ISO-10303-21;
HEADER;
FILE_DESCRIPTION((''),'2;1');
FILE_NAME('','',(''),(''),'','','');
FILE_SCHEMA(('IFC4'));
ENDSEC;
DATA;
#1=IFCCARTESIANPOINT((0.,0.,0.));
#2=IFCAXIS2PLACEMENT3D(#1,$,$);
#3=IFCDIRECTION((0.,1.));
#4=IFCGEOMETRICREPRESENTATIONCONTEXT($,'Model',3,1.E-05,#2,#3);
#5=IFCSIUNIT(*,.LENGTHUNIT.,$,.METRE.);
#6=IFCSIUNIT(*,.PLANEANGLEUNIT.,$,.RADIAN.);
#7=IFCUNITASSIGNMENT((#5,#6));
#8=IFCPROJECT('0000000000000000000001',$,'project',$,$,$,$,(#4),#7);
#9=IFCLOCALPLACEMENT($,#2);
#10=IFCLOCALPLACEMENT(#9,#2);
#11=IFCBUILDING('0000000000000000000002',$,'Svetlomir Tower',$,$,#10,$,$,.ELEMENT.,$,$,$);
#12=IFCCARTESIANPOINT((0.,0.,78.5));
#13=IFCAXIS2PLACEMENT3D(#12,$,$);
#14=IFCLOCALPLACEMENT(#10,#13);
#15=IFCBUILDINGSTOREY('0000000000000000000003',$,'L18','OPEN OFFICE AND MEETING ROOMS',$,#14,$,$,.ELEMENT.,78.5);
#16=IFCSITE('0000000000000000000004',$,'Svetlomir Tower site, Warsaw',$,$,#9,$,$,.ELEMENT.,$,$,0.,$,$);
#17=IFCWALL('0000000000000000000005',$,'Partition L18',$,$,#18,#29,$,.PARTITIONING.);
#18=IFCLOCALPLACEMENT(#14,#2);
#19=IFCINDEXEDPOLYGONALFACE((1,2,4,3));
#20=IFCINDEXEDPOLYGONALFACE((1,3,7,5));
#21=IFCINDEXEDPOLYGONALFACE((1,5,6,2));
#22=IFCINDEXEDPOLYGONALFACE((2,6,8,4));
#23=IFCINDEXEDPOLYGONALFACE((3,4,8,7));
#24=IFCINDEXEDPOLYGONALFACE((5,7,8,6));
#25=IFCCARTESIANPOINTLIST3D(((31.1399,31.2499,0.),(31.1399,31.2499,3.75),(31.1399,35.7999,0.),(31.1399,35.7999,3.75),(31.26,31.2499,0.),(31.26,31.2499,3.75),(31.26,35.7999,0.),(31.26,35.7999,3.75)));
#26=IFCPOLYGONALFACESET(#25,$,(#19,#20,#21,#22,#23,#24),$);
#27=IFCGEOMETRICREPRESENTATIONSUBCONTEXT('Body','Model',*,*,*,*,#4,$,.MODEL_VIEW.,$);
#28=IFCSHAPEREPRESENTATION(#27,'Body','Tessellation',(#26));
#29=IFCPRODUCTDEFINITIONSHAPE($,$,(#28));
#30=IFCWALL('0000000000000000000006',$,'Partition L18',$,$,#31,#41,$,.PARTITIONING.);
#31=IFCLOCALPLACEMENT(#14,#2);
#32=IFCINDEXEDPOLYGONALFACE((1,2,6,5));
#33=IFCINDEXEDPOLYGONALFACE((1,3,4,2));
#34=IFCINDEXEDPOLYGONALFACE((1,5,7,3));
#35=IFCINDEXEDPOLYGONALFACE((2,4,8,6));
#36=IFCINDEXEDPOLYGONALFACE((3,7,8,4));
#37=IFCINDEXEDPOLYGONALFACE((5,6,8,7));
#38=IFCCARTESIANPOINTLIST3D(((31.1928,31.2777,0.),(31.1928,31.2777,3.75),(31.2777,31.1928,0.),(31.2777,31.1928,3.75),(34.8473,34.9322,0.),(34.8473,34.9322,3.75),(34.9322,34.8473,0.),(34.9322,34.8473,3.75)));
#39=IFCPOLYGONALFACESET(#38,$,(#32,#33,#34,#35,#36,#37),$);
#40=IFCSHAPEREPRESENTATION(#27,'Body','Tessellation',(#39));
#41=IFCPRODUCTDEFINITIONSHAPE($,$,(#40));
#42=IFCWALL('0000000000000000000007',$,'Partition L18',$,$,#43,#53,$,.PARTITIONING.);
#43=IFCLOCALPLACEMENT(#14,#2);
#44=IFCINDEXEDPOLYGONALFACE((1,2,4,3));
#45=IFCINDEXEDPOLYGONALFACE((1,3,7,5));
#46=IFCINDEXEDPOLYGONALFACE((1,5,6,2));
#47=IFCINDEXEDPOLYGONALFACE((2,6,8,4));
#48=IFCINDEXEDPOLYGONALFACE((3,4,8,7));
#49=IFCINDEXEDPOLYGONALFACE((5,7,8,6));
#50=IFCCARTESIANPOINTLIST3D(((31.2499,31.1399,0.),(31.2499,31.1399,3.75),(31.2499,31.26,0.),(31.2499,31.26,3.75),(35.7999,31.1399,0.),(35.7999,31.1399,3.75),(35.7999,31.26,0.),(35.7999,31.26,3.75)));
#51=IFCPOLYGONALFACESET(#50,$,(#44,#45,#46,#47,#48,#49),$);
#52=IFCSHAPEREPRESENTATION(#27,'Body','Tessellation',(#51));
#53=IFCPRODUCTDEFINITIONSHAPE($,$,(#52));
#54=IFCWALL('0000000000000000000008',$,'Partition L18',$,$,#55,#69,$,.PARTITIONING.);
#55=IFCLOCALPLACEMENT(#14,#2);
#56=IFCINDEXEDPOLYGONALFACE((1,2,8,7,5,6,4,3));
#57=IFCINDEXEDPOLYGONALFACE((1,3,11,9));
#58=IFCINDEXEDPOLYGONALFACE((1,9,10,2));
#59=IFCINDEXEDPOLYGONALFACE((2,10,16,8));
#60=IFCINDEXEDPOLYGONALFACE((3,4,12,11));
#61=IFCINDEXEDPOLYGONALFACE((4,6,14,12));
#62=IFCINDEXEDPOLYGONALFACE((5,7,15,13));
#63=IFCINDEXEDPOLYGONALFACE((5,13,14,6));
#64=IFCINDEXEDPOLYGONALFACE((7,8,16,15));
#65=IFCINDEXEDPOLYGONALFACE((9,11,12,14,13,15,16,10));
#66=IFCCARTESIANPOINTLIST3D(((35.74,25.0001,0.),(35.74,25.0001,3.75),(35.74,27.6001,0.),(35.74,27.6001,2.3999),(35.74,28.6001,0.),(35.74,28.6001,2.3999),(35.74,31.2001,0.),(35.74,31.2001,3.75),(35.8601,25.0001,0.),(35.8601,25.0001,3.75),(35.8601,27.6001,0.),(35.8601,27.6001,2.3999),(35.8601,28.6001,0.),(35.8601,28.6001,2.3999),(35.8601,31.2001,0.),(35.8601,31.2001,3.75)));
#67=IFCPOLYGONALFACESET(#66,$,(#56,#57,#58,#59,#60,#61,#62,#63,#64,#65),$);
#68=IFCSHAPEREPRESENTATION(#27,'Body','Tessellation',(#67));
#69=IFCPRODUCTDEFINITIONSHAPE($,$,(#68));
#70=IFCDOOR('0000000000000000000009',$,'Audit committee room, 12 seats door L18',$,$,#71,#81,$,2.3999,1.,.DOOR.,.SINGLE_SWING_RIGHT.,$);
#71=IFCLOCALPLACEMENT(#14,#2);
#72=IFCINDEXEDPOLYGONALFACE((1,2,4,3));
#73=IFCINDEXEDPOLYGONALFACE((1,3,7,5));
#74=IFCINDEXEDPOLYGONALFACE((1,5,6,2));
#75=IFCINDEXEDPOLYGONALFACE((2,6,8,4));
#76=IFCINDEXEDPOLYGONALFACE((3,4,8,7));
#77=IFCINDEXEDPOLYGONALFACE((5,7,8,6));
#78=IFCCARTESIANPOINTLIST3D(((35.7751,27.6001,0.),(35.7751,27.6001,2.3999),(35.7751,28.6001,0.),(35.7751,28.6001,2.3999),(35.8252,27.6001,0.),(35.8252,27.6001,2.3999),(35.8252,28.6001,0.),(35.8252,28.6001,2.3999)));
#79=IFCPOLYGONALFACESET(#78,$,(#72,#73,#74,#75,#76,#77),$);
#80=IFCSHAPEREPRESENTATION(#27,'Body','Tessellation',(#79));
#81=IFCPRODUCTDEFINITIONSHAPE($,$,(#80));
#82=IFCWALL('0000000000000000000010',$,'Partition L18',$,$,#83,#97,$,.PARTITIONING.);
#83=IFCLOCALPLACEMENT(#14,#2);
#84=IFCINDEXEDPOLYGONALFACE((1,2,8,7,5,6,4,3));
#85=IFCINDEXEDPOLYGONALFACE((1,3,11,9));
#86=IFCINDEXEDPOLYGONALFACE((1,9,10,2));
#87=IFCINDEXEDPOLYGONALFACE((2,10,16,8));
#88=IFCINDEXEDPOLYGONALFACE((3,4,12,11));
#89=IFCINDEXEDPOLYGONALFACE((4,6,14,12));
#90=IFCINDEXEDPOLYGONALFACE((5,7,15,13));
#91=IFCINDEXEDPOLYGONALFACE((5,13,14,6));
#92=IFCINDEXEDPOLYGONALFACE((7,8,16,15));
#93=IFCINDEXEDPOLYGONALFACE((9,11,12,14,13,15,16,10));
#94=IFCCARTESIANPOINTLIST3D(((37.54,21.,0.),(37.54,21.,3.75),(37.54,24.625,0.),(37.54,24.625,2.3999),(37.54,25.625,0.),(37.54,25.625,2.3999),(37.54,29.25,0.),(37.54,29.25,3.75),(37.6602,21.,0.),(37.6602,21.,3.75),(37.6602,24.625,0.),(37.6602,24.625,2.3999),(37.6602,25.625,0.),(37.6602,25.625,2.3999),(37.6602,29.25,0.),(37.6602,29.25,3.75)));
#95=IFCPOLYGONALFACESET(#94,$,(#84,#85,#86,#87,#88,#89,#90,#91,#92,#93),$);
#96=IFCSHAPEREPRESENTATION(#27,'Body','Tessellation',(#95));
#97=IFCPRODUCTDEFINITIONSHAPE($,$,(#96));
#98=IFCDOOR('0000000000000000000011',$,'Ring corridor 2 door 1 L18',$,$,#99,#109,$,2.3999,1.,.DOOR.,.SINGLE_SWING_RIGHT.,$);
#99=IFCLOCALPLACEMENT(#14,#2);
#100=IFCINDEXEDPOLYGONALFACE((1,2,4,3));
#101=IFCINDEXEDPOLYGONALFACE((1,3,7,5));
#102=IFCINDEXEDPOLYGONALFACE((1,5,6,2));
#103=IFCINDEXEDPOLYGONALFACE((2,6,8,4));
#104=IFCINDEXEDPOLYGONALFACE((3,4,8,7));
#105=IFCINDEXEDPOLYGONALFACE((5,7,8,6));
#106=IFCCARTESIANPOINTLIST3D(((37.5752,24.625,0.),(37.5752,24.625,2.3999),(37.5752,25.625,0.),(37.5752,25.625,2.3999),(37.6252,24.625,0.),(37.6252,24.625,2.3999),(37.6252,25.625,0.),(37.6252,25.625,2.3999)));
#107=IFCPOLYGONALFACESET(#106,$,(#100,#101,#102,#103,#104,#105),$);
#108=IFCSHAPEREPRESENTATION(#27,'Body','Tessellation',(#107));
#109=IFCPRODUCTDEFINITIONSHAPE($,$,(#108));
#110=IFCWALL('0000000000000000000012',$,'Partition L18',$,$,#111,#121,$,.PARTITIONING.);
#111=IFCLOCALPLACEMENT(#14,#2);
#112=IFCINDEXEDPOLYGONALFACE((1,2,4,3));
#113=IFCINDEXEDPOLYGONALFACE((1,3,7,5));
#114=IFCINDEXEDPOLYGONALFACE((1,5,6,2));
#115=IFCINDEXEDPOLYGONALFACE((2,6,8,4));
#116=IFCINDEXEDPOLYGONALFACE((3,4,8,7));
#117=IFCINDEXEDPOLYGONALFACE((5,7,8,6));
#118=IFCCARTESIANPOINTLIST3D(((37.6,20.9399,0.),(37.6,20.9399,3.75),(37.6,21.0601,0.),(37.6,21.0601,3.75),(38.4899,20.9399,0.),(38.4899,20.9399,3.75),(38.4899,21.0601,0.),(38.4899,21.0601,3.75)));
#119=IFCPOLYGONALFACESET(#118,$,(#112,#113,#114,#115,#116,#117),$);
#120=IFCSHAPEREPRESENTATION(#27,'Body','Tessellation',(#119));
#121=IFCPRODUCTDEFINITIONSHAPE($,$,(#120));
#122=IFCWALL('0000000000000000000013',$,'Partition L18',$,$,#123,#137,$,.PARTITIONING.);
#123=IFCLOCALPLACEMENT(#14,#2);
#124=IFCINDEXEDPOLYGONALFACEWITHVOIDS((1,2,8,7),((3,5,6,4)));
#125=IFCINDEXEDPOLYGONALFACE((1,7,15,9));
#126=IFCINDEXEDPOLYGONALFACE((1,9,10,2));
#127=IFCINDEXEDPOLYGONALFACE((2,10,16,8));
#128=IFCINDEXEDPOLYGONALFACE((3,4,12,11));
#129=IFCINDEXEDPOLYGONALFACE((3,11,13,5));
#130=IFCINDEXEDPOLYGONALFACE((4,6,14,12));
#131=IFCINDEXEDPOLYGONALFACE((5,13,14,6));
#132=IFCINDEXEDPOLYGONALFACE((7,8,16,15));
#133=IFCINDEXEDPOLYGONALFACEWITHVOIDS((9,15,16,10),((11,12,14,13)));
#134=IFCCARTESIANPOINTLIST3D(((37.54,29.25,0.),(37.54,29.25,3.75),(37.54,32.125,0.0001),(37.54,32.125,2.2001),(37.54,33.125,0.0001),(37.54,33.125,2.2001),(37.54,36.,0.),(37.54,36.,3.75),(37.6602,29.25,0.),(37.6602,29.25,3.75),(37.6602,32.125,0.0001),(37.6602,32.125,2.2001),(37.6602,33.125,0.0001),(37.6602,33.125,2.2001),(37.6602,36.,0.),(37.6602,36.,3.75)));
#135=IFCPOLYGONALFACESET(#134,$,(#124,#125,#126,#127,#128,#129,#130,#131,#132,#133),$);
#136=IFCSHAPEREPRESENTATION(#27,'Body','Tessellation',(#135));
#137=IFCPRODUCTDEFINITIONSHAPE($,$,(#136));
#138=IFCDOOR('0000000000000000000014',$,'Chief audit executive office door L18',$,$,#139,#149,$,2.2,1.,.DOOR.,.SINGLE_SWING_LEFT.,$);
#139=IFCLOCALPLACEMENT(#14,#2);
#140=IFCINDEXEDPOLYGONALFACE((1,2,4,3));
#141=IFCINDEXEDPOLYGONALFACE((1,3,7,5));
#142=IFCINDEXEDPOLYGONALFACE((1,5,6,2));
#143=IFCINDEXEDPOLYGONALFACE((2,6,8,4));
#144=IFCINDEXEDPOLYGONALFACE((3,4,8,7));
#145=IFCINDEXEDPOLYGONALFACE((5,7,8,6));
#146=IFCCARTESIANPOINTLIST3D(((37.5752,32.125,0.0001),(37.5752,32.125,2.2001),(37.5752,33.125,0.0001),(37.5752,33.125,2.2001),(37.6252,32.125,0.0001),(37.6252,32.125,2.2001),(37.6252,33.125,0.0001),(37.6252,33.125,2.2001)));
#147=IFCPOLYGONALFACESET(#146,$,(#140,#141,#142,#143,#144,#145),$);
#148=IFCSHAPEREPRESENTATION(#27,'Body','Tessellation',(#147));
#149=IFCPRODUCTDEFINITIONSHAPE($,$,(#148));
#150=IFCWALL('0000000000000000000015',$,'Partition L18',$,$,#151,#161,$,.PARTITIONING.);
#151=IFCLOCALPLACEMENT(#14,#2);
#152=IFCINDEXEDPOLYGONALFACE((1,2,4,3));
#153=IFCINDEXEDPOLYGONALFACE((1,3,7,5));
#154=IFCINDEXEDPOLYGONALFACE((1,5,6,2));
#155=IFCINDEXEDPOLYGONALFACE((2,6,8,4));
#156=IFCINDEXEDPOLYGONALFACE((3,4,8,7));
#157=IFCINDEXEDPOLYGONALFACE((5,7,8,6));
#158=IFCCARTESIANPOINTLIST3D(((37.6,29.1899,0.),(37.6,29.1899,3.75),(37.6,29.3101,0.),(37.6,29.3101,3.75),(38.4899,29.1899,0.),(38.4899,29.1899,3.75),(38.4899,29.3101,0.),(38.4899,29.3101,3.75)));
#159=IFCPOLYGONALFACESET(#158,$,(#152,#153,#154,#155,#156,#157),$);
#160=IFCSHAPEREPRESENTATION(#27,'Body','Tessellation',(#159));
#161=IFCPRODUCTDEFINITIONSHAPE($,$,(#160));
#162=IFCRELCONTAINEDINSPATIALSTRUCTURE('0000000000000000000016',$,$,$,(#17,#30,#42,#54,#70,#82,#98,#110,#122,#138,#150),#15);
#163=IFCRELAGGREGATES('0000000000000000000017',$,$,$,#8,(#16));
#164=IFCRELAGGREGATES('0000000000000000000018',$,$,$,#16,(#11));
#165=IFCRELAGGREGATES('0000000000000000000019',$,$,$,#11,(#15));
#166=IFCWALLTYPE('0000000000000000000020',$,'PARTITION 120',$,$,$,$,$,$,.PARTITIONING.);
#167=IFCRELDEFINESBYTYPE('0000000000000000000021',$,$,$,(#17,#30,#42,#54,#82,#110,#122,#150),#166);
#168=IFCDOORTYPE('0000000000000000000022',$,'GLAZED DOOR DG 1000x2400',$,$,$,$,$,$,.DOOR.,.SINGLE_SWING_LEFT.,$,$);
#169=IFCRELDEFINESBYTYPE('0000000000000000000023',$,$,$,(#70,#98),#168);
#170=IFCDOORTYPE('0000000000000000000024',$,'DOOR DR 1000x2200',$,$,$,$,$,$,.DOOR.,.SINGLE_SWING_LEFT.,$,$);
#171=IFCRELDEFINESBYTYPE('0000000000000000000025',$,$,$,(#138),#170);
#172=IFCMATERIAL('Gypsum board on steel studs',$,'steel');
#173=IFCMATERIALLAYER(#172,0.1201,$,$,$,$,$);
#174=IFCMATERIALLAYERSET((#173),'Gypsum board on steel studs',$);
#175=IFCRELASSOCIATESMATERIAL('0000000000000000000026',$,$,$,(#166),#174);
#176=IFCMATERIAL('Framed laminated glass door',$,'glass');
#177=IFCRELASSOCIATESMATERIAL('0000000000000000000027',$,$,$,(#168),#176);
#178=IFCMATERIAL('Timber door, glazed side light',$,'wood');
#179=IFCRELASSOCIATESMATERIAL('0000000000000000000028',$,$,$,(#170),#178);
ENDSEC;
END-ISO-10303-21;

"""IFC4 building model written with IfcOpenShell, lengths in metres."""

from ifc_helpers import new_model, si_unit, direction, frame, frame_2d, origin, place, context, subcontext, project, spatial, rectangle, extrude, material, layer, layer_set, type_object, element, fill, save


model = new_model("IFC4")

# Units and contexts
model_context = context("Model", 3, precision=1e-05, world=origin(), true_north=direction((0.0, 1.0)))
body_context = subcontext(model_context, "Body", "Model", "MODEL_VIEW")
ifc_project = project(units=[si_unit("LENGTHUNIT", "METRE"), si_unit("PLANEANGLEUNIT", "RADIAN")], contexts=[model_context])

# Site, building, storey
site_placement = place(None, origin())
site = spatial("IfcSite", under=ifc_project, at=site_placement, Name="Svetlomir Tower site, Warsaw", CompositionType="ELEMENT", RefElevation=0.0)
building_placement = place(site_placement, origin())
building = spatial("IfcBuilding", under=site, at=building_placement, Name="Svetlomir Tower", CompositionType="ELEMENT")
storey_placement = place(building_placement, frame((0.0, 0.0, 78.5)))
storey = spatial("IfcBuildingStorey", under=building, at=storey_placement, Name="L18", Description="OPEN OFFICE AND MEETING ROOMS", CompositionType="ELEMENT", Elevation=78.5)

# Walls
ifc_material_1 = material(Name="Gypsum board on steel studs", Category="steel")
ifc_layer_1 = layer(ifc_material_1, 0.1201)
ifc_layer_set_1 = layer_set([ifc_layer_1], Name="Gypsum board on steel studs")
wall_type_1 = type_object("IfcWallType", Name="PARTITION 120", PredefinedType="PARTITIONING", material=ifc_layer_set_1)
wall_1_placement = place(storey_placement, frame((31.2, 31.25, 0.0), z_axis=(0.0, 0.0, 1.0), x_axis=(0.0, 1.0, 0.0)))
element("IfcWall", 1, at=wall_1_placement, inside=storey, type_object=wall_type_1, Name="Partition L18", PredefinedType="PARTITIONING", context=body_context, shape_type="SweptSolid", body=[
    extrude(rectangle(XDim=4.55, YDim=0.1201, at=frame_2d((2.2749, 0.0))), origin(), (0.0, 0.0, 1.0), 3.75),
])
wall_2_placement = place(storey_placement, frame((31.2354, 31.2354, 0.0), z_axis=(0.0, 0.0, 1.0), x_axis=(0.707107, 0.707107, 0.0)))
element("IfcWall", 2, at=wall_2_placement, inside=storey, type_object=wall_type_1, Name="Partition L18", PredefinedType="PARTITIONING", context=body_context, shape_type="SweptSolid", body=[
    extrude(rectangle(XDim=5.1682, YDim=0.1201, at=frame_2d((2.584, 0.0))), origin(), (0.0, 0.0, 1.0), 3.75),
])
wall_3_placement = place(storey_placement, frame((31.25, 31.2, 0.0), z_axis=(0.0, 0.0, 1.0), x_axis=(1.0, 0.0, 0.0)))
element("IfcWall", 3, at=wall_3_placement, inside=storey, type_object=wall_type_1, Name="Partition L18", PredefinedType="PARTITIONING", context=body_context, shape_type="SweptSolid", body=[
    extrude(rectangle(XDim=4.55, YDim=0.1201, at=frame_2d((2.2749, 0.0))), origin(), (0.0, 0.0, 1.0), 3.75),
])

# Walls, openings, doors
wall_4_placement = place(storey_placement, frame((35.8, 25.0, 0.0), z_axis=(0.0, 0.0, 1.0), x_axis=(0.0, 1.0, 0.0)))
wall_4 = element("IfcWall", 4, at=wall_4_placement, inside=storey, type_object=wall_type_1, Name="Partition L18", PredefinedType="PARTITIONING", context=body_context, shape_type="SweptSolid", body=[
    extrude(rectangle(XDim=6.2, YDim=0.1201, at=frame_2d((3.1001, 0.0))), origin(), (0.0, 0.0, 1.0), 3.75),
])
opening_1_placement = place(wall_4_placement, frame((2.6001, 0.0, 0.0)))
opening_1 = element("IfcOpeningElement", 5, at=opening_1_placement, cuts=wall_4, PredefinedType="OPENING", context=body_context, shape_type="SweptSolid", body=[
    extrude(rectangle(XDim=1.0, YDim=2.3999, at=frame_2d((0.5, 1.2))), frame((0.0, 0.0701, 0.0), z_axis=(0.0, -1.0, 0.0), x_axis=(1.0, 0.0, 0.0)), (0.0, 0.0, 1.0), 0.1401),
])
ifc_material_2 = material(Name="Framed laminated glass door", Category="glass")
door_type_1 = type_object("IfcDoorType", Name="GLAZED DOOR DG 1000x2400", OperationType="SINGLE_SWING_LEFT", PredefinedType="DOOR", material=ifc_material_2)
door_1_placement = place(opening_1_placement, origin())
door_1 = element("IfcDoor", 6, at=door_1_placement, inside=storey, type_object=door_type_1, Name="Audit committee room, 12 seats door L18", OperationType="SINGLE_SWING_RIGHT", OverallHeight=2.3999, OverallWidth=1.0, PredefinedType="DOOR", context=body_context, shape_type="SweptSolid", body=[
    extrude(rectangle(XDim=1.0, YDim=2.3999, at=frame_2d((0.5, 1.2))), frame((0.0, 0.0249, 0.0), z_axis=(0.0, -1.0, 0.0), x_axis=(1.0, 0.0, 0.0)), (0.0, 0.0, 1.0), 0.05),
])
fill(opening_1, door_1)
wall_5_placement = place(storey_placement, frame((37.6001, 21.0, 0.0), z_axis=(0.0, 0.0, 1.0), x_axis=(0.0, 1.0, 0.0)))
wall_5 = element("IfcWall", 7, at=wall_5_placement, inside=storey, type_object=wall_type_1, Name="Partition L18", PredefinedType="PARTITIONING", context=body_context, shape_type="SweptSolid", body=[
    extrude(rectangle(XDim=8.25, YDim=0.1201, at=frame_2d((4.125, 0.0))), origin(), (0.0, 0.0, 1.0), 3.75),
])
opening_2_placement = place(wall_5_placement, frame((3.625, 0.0, 0.0)))
opening_2 = element("IfcOpeningElement", 8, at=opening_2_placement, cuts=wall_5, PredefinedType="OPENING", context=body_context, shape_type="SweptSolid", body=[
    extrude(rectangle(XDim=1.0, YDim=2.3999, at=frame_2d((0.5, 1.2))), frame((0.0, 0.0701, 0.0), z_axis=(0.0, -1.0, 0.0), x_axis=(1.0, 0.0, 0.0)), (0.0, 0.0, 1.0), 0.1401),
])
door_2_placement = place(opening_2_placement, origin())
door_2 = element("IfcDoor", 9, at=door_2_placement, inside=storey, type_object=door_type_1, Name="Ring corridor 2 door 1 L18", OperationType="SINGLE_SWING_RIGHT", OverallHeight=2.3999, OverallWidth=1.0, PredefinedType="DOOR", context=body_context, shape_type="SweptSolid", body=[
    extrude(rectangle(XDim=1.0, YDim=2.3999, at=frame_2d((0.5, 1.2))), frame((0.0, 0.0249, 0.0), z_axis=(0.0, -1.0, 0.0), x_axis=(1.0, 0.0, 0.0)), (0.0, 0.0, 1.0), 0.05),
])
fill(opening_2, door_2)

# Wall
wall_6_placement = place(storey_placement, frame((37.6001, 21.0, 0.0), z_axis=(0.0, 0.0, 1.0), x_axis=(1.0, 0.0, 0.0)))
element("IfcWall", 10, at=wall_6_placement, inside=storey, type_object=wall_type_1, Name="Partition L18", PredefinedType="PARTITIONING", context=body_context, shape_type="SweptSolid", body=[
    extrude(rectangle(XDim=0.8899, YDim=0.1201, at=frame_2d((0.4448, 0.0))), origin(), (0.0, 0.0, 1.0), 3.75),
])

# Wall, opening, door
wall_7_placement = place(storey_placement, frame((37.6001, 29.25, 0.0), z_axis=(0.0, 0.0, 1.0), x_axis=(0.0, 1.0, 0.0)))
wall_7 = element("IfcWall", 11, at=wall_7_placement, inside=storey, type_object=wall_type_1, Name="Partition L18", PredefinedType="PARTITIONING", context=body_context, shape_type="SweptSolid", body=[
    extrude(rectangle(XDim=6.75, YDim=0.1201, at=frame_2d((3.375, 0.0))), origin(), (0.0, 0.0, 1.0), 3.75),
])
opening_3_placement = place(wall_7_placement, frame((2.875, 0.0, 0.0)))
opening_3 = element("IfcOpeningElement", 12, at=opening_3_placement, cuts=wall_7, PredefinedType="OPENING", context=body_context, shape_type="SweptSolid", body=[
    extrude(rectangle(XDim=1.0, YDim=2.2, at=frame_2d((0.5, 1.1001))), frame((0.0, 0.0701, 0.0), z_axis=(0.0, -1.0, 0.0), x_axis=(1.0, 0.0, 0.0)), (0.0, 0.0, 1.0), 0.1401),
])
ifc_material_3 = material(Name="Timber door, glazed side light", Category="wood")
door_type_2 = type_object("IfcDoorType", Name="DOOR DR 1000x2200", OperationType="SINGLE_SWING_LEFT", PredefinedType="DOOR", material=ifc_material_3)
door_3_placement = place(opening_3_placement, origin())
door_3 = element("IfcDoor", 13, at=door_3_placement, inside=storey, type_object=door_type_2, Name="Chief audit executive office door L18", OperationType="SINGLE_SWING_LEFT", OverallHeight=2.2, OverallWidth=1.0, PredefinedType="DOOR", context=body_context, shape_type="SweptSolid", body=[
    extrude(rectangle(XDim=1.0, YDim=2.2, at=frame_2d((0.5, 1.1001))), frame((0.0, 0.0249, 0.0), z_axis=(0.0, -1.0, 0.0), x_axis=(1.0, 0.0, 0.0)), (0.0, 0.0, 1.0), 0.05),
])
fill(opening_3, door_3)

# Wall
wall_8_placement = place(storey_placement, frame((37.6001, 29.25, 0.0), z_axis=(0.0, 0.0, 1.0), x_axis=(1.0, 0.0, 0.0)))
element("IfcWall", 14, at=wall_8_placement, inside=storey, type_object=wall_type_1, Name="Partition L18", PredefinedType="PARTITIONING", context=body_context, shape_type="SweptSolid", body=[
    extrude(rectangle(XDim=0.8899, YDim=0.1201, at=frame_2d((0.4448, 0.0))), origin(), (0.0, 0.0, 1.0), 3.75),
])

save(model, "model.ifc")
